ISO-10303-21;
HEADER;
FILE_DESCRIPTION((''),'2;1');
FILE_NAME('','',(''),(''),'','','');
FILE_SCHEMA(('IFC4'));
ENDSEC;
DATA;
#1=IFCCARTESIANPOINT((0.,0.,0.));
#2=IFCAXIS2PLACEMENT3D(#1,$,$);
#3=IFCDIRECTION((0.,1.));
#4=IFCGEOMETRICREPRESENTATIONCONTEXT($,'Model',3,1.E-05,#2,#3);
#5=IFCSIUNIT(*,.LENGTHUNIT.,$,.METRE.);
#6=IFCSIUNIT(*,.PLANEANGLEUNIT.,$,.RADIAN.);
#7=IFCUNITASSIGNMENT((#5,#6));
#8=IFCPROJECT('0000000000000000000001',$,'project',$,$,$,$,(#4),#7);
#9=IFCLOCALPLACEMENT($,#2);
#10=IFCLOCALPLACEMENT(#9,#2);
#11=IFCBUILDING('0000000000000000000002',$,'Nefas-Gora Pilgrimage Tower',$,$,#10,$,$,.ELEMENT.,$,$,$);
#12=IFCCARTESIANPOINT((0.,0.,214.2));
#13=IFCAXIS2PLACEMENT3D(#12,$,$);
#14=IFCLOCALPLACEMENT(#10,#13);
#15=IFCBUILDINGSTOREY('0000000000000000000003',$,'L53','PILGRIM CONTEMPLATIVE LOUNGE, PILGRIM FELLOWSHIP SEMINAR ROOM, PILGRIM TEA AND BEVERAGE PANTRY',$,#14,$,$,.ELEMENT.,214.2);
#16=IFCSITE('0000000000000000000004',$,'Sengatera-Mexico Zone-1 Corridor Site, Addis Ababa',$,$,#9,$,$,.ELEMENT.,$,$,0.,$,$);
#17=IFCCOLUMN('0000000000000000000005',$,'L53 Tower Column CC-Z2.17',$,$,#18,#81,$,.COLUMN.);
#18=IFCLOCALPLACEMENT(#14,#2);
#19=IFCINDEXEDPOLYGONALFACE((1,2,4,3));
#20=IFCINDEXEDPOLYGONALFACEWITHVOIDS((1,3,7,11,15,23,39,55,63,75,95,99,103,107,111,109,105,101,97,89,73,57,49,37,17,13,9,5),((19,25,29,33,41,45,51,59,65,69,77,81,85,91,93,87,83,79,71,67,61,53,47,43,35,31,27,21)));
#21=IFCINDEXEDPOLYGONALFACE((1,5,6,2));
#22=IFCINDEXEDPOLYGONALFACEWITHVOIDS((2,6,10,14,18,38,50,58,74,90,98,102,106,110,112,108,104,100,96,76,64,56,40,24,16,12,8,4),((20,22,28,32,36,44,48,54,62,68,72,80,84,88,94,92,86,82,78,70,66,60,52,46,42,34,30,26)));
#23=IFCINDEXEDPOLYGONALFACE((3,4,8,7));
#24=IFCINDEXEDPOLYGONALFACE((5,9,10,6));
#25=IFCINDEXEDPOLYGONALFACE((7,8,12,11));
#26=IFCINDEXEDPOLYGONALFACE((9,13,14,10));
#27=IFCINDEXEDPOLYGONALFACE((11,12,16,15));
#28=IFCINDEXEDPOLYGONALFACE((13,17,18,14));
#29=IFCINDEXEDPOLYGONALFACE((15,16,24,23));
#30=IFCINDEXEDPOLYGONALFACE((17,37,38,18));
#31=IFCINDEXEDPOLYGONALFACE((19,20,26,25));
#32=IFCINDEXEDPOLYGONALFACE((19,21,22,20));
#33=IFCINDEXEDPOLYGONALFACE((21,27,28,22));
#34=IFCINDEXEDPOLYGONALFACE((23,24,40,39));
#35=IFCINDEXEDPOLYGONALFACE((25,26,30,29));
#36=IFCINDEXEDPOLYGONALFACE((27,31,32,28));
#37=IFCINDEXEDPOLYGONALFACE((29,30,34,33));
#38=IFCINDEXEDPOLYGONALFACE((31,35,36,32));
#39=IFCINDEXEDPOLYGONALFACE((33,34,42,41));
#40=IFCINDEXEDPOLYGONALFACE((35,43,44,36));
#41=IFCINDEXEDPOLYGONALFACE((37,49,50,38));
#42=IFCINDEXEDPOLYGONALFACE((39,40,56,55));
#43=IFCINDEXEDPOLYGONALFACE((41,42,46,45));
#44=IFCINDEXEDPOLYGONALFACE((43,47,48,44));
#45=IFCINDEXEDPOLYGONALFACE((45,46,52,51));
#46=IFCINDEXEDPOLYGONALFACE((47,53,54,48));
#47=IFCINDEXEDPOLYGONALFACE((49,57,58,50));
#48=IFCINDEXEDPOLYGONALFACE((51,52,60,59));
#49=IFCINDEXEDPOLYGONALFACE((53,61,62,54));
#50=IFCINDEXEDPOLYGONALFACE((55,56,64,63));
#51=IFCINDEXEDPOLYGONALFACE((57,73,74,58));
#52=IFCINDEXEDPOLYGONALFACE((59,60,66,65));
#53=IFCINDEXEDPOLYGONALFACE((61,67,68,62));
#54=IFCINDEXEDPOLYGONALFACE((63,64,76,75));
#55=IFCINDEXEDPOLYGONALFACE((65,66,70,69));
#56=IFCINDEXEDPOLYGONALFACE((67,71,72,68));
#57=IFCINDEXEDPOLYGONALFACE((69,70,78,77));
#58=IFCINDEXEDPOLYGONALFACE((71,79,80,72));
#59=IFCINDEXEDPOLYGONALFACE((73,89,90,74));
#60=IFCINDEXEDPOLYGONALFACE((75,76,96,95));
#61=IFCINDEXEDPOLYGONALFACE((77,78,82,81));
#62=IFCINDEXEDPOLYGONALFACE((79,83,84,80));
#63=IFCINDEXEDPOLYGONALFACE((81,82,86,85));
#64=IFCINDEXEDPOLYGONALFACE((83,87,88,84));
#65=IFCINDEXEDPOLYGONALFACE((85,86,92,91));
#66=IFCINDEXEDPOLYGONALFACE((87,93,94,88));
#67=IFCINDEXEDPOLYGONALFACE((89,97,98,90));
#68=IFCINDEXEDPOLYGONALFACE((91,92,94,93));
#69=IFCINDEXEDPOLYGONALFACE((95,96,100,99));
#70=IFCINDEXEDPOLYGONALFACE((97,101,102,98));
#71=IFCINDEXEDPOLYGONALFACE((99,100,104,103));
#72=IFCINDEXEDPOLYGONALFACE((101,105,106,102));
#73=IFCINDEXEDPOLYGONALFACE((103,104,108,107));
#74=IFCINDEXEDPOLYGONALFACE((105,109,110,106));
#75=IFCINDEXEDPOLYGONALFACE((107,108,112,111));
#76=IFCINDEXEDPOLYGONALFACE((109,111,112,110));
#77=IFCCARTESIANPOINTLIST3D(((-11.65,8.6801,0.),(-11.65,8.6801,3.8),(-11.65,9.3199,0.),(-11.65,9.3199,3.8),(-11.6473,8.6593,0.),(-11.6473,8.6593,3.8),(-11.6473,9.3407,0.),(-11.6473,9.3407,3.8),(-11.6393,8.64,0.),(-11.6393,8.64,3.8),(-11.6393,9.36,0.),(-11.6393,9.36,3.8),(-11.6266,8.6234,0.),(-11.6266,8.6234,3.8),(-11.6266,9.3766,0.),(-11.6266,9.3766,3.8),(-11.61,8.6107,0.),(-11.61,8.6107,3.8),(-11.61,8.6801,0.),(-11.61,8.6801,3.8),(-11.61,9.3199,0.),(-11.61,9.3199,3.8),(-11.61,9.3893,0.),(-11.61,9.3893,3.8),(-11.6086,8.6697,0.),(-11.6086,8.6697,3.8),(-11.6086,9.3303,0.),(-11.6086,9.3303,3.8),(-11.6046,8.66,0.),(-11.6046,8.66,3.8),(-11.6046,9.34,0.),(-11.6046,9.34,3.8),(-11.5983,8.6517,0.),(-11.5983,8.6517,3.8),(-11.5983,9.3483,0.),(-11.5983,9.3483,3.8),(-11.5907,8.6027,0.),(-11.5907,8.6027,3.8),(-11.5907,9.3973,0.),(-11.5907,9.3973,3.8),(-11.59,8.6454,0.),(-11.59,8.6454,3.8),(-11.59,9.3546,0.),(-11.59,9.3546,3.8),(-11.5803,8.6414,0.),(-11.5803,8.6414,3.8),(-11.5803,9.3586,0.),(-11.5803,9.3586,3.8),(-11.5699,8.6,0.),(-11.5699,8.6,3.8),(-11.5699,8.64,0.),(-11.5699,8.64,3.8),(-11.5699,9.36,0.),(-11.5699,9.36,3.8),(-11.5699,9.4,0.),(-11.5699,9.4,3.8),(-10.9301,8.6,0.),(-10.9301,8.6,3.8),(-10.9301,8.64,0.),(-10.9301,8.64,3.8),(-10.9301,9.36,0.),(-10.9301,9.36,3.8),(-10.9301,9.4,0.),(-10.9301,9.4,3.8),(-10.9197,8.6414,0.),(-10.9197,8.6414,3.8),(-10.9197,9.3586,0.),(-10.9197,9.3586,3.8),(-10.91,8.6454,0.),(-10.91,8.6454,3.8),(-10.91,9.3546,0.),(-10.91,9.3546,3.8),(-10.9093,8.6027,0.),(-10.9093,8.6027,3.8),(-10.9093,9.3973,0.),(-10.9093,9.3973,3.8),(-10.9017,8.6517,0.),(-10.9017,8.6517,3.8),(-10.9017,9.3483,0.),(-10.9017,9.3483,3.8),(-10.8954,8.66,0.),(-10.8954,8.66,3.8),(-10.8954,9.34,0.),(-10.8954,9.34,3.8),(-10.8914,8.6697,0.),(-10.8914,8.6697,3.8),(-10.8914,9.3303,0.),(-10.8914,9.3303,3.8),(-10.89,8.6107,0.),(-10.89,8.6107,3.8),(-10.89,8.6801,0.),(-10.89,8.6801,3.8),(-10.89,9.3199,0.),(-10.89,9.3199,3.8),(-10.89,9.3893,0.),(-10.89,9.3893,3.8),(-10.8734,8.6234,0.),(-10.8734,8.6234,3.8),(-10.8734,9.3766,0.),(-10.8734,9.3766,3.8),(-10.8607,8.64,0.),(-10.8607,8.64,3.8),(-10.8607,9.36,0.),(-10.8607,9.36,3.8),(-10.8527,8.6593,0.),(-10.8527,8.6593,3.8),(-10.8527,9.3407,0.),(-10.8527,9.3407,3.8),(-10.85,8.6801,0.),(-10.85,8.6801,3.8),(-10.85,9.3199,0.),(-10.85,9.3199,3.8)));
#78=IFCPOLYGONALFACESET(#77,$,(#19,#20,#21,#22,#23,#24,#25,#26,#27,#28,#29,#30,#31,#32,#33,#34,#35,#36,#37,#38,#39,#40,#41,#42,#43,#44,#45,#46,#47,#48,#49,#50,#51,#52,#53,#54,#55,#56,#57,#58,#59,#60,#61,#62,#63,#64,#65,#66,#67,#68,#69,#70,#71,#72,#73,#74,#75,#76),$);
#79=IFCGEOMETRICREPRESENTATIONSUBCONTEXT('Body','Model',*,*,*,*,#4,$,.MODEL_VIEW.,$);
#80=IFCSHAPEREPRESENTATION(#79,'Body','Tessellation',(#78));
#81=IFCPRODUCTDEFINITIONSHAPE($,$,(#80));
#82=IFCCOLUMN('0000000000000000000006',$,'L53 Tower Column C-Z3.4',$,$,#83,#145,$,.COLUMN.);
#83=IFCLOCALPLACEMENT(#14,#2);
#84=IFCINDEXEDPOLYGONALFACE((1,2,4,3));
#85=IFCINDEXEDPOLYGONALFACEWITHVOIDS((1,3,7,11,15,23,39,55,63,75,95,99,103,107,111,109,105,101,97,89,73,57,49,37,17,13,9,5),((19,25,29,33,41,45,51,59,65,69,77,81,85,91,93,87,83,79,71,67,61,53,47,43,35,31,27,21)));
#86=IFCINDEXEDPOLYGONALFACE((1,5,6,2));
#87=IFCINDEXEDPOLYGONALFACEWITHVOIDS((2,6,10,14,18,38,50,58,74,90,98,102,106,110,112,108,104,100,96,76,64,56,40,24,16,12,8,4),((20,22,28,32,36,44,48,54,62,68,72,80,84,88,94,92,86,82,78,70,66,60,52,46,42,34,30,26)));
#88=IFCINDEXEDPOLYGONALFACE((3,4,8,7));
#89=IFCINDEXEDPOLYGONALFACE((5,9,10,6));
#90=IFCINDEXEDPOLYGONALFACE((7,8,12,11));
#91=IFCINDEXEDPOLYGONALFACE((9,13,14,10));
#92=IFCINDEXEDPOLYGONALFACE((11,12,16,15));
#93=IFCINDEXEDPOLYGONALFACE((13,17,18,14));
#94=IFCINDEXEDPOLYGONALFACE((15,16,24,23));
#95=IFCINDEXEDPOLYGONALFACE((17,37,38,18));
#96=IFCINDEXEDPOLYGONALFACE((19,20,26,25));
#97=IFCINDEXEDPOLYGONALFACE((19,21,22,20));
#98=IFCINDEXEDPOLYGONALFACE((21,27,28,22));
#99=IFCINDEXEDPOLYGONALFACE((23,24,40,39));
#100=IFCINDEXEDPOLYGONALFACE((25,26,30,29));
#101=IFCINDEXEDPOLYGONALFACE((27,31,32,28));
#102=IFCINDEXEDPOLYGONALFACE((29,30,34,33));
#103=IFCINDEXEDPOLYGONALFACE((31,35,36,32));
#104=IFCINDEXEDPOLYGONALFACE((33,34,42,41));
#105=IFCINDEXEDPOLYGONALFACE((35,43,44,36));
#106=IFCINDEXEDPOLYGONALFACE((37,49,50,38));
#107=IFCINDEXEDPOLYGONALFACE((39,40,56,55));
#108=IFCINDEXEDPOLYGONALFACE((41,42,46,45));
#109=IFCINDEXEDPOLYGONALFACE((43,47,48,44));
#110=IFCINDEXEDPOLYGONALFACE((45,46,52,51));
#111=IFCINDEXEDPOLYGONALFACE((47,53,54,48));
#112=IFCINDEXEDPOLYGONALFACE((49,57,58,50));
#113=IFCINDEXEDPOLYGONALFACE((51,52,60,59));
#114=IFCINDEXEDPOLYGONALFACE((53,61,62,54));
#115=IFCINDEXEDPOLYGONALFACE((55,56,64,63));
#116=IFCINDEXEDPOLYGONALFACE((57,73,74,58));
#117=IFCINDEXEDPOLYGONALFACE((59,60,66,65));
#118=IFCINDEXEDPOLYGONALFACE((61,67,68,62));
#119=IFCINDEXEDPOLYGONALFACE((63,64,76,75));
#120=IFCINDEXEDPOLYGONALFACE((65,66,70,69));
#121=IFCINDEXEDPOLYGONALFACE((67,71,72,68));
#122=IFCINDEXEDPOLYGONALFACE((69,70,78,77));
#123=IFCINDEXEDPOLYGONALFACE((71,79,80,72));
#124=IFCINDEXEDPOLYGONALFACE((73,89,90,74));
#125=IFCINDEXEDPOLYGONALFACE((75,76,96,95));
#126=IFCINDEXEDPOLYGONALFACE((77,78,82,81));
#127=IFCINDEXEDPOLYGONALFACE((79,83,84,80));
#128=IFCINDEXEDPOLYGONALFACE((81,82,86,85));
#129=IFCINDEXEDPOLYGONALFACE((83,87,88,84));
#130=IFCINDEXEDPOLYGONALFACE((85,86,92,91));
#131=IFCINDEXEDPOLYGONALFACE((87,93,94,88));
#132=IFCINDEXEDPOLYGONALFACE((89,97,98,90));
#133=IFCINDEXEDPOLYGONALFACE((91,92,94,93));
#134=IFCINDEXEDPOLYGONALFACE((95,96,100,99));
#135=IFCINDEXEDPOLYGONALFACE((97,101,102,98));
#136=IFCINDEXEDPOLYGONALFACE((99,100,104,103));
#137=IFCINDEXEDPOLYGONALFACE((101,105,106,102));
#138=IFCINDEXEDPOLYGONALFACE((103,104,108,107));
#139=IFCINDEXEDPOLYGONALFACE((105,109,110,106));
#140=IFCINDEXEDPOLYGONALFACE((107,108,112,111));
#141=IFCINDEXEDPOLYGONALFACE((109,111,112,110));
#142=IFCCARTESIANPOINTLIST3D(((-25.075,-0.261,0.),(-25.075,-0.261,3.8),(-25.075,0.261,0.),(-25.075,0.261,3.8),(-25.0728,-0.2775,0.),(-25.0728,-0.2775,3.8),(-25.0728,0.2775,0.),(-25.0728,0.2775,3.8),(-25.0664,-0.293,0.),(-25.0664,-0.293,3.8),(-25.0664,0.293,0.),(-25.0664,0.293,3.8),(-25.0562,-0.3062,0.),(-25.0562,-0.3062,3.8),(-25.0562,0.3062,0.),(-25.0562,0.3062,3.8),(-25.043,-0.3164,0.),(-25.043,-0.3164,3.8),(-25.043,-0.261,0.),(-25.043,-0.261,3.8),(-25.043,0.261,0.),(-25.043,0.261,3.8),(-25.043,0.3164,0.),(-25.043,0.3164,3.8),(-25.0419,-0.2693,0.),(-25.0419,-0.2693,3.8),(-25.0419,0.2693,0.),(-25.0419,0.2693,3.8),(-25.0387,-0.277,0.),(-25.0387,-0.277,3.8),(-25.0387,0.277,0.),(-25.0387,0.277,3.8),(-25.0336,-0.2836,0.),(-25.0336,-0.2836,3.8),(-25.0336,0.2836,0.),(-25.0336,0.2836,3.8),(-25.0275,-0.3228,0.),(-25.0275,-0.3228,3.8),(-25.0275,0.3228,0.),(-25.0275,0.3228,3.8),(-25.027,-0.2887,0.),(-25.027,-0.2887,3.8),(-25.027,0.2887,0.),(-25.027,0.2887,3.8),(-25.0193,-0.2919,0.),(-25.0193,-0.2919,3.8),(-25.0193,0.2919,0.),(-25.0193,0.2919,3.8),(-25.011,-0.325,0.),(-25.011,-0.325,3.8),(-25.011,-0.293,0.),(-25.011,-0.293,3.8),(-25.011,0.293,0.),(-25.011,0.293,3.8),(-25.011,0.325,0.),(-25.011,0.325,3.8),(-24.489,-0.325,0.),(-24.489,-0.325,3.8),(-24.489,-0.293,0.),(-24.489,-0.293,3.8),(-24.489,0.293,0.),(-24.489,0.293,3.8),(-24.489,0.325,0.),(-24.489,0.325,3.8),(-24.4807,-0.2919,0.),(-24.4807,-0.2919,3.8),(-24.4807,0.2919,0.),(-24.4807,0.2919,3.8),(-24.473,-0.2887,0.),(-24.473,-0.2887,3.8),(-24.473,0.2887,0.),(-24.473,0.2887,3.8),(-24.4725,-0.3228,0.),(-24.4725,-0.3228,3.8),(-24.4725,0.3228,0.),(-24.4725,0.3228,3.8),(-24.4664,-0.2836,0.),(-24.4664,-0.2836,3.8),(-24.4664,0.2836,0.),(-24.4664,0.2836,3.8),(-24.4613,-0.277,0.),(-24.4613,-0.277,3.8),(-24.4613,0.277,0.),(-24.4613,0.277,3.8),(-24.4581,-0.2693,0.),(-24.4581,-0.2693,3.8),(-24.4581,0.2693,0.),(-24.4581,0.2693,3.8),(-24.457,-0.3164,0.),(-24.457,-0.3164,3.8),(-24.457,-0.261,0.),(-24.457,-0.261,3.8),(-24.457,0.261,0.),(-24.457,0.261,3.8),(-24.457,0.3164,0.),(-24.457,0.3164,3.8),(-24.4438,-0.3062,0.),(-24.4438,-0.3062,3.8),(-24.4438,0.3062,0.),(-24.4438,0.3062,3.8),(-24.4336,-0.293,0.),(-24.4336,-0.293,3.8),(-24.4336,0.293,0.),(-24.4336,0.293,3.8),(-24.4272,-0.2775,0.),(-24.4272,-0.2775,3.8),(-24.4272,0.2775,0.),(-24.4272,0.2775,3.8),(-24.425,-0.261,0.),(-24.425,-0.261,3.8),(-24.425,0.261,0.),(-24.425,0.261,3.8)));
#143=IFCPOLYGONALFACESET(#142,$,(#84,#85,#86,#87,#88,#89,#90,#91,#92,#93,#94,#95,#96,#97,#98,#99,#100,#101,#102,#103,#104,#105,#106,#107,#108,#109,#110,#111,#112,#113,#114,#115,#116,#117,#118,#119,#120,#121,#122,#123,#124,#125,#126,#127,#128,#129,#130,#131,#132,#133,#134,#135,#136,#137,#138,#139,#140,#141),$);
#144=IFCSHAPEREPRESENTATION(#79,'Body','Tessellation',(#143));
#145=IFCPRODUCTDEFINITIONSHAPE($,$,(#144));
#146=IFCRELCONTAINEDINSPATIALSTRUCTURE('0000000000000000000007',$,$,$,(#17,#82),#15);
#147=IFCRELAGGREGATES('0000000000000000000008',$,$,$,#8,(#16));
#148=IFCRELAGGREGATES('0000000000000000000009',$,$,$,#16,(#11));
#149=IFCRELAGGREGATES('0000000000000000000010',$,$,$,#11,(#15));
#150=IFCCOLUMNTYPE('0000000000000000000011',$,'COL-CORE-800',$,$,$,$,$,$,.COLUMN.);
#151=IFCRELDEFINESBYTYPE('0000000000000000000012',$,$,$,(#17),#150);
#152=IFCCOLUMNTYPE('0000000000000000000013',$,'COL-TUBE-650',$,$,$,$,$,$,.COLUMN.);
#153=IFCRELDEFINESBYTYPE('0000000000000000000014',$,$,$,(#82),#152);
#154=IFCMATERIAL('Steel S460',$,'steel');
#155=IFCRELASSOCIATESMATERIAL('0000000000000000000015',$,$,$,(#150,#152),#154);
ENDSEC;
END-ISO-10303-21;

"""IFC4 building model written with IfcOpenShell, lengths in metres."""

from ifc_helpers import new_model, si_unit, direction, frame, origin, origin_2d, place, context, subcontext, project, spatial, hollow_rectangle, extrude, source, transform, mapped, material, material_profile, profile_set, type_object, element, save


model = new_model("IFC4")

# Units and contexts
model_context = context("Model", 3, precision=1e-05, world=origin(), true_north=direction((0.0, 1.0)))
body_context = subcontext(model_context, "Body", "Model", "MODEL_VIEW")
ifc_project = project(units=[si_unit("LENGTHUNIT", "METRE"), si_unit("PLANEANGLEUNIT", "RADIAN")], contexts=[model_context])

# Site, building, storey
site_placement = place(None, origin())
site = spatial("IfcSite", under=ifc_project, at=site_placement, Name="Sengatera-Mexico Zone-1 Corridor Site, Addis Ababa", CompositionType="ELEMENT", RefElevation=0.0)
building_placement = place(site_placement, origin())
building = spatial("IfcBuilding", under=site, at=building_placement, Name="Nefas-Gora Pilgrimage Tower", CompositionType="ELEMENT")
storey_placement = place(building_placement, frame((0.0, 0.0, 214.2)))
storey = spatial("IfcBuildingStorey", under=building, at=storey_placement, Name="L53", Description="PILGRIM CONTEMPLATIVE LOUNGE, PILGRIM FELLOWSHIP SEMINAR ROOM, PILGRIM TEA AND BEVERAGE PANTRY", CompositionType="ELEMENT", Elevation=214.2)

# Columns
ifc_material_1 = material(Name="Steel S460", Category="steel")
ifc_material_profile_1 = material_profile(ifc_material_1, hollow_rectangle(XDim=0.8, YDim=0.8, WallThickness=0.04, InnerFilletRadius=0.04, OuterFilletRadius=0.0801, at=origin_2d()), Name="BOX 800x800x40")
ifc_profile_set_1 = profile_set([ifc_material_profile_1], Name="Steel S460")
column_type_1 = type_object("IfcColumnType", Name="COL-CORE-800", PredefinedType="COLUMN", material=ifc_profile_set_1)
shared_shape_1 = source(origin(), body_context, "Body", "SweptSolid", [
    extrude(hollow_rectangle(XDim=0.8, YDim=0.8, WallThickness=0.04, InnerFilletRadius=0.04, OuterFilletRadius=0.0801, at=origin_2d()), origin(), (0.0, 0.0, 1.0), 3.8),
])
column_placement = place(storey_placement, frame((-11.25, 9.0, 0.0), z_axis=(0.0, 0.0, 1.0), x_axis=(1.0, 0.0, 0.0)))
element("IfcColumn", 1, at=column_placement, inside=storey, type_object=column_type_1, Name="L53 Tower Column CC-Z2.17", PredefinedType="COLUMN", context=body_context, shape_type="MappedRepresentation", body=[
    mapped(shared_shape_1, transform((0.0, 0.0, 0.0), x_axis=(1.0, 0.0, 0.0), y_axis=(0.0, 1.0, 0.0), z_axis=(0.0, 0.0, 1.0), scale=1.0)),
])
ifc_material_profile_2 = material_profile(ifc_material_1, hollow_rectangle(XDim=0.6499, YDim=0.6499, WallThickness=0.032, InnerFilletRadius=0.032, OuterFilletRadius=0.064, at=origin_2d()), Name="BOX 650x650x32")
ifc_profile_set_2 = profile_set([ifc_material_profile_2], Name="Steel S460")
column_type_2 = type_object("IfcColumnType", Name="COL-TUBE-650", PredefinedType="COLUMN", material=ifc_profile_set_2)
shared_shape_2 = source(origin(), body_context, "Body", "SweptSolid", [
    extrude(hollow_rectangle(XDim=0.6499, YDim=0.6499, WallThickness=0.032, InnerFilletRadius=0.032, OuterFilletRadius=0.064, at=origin_2d()), origin(), (0.0, 0.0, 1.0), 3.8),
])
for number, where, z_axis, x_axis, name in (
    (2, (-24.75, 0.0, 0.0), (0.0, 0.0, 1.0), (1.0, 0.0, 0.0), "L53 Tower Column C-Z3.4"),
):
    element("IfcColumn", number, at=place(storey_placement, frame(where, z_axis=z_axis, x_axis=x_axis)), inside=storey, type_object=column_type_2, Name=name, PredefinedType="COLUMN", context=body_context, shape_type="MappedRepresentation", body=[
        mapped(shared_shape_2, transform((0.0, 0.0, 0.0), x_axis=(1.0, 0.0, 0.0), y_axis=(0.0, 1.0, 0.0), z_axis=(0.0, 0.0, 1.0), scale=1.0)),
    ])

save(model, "model.ifc")
